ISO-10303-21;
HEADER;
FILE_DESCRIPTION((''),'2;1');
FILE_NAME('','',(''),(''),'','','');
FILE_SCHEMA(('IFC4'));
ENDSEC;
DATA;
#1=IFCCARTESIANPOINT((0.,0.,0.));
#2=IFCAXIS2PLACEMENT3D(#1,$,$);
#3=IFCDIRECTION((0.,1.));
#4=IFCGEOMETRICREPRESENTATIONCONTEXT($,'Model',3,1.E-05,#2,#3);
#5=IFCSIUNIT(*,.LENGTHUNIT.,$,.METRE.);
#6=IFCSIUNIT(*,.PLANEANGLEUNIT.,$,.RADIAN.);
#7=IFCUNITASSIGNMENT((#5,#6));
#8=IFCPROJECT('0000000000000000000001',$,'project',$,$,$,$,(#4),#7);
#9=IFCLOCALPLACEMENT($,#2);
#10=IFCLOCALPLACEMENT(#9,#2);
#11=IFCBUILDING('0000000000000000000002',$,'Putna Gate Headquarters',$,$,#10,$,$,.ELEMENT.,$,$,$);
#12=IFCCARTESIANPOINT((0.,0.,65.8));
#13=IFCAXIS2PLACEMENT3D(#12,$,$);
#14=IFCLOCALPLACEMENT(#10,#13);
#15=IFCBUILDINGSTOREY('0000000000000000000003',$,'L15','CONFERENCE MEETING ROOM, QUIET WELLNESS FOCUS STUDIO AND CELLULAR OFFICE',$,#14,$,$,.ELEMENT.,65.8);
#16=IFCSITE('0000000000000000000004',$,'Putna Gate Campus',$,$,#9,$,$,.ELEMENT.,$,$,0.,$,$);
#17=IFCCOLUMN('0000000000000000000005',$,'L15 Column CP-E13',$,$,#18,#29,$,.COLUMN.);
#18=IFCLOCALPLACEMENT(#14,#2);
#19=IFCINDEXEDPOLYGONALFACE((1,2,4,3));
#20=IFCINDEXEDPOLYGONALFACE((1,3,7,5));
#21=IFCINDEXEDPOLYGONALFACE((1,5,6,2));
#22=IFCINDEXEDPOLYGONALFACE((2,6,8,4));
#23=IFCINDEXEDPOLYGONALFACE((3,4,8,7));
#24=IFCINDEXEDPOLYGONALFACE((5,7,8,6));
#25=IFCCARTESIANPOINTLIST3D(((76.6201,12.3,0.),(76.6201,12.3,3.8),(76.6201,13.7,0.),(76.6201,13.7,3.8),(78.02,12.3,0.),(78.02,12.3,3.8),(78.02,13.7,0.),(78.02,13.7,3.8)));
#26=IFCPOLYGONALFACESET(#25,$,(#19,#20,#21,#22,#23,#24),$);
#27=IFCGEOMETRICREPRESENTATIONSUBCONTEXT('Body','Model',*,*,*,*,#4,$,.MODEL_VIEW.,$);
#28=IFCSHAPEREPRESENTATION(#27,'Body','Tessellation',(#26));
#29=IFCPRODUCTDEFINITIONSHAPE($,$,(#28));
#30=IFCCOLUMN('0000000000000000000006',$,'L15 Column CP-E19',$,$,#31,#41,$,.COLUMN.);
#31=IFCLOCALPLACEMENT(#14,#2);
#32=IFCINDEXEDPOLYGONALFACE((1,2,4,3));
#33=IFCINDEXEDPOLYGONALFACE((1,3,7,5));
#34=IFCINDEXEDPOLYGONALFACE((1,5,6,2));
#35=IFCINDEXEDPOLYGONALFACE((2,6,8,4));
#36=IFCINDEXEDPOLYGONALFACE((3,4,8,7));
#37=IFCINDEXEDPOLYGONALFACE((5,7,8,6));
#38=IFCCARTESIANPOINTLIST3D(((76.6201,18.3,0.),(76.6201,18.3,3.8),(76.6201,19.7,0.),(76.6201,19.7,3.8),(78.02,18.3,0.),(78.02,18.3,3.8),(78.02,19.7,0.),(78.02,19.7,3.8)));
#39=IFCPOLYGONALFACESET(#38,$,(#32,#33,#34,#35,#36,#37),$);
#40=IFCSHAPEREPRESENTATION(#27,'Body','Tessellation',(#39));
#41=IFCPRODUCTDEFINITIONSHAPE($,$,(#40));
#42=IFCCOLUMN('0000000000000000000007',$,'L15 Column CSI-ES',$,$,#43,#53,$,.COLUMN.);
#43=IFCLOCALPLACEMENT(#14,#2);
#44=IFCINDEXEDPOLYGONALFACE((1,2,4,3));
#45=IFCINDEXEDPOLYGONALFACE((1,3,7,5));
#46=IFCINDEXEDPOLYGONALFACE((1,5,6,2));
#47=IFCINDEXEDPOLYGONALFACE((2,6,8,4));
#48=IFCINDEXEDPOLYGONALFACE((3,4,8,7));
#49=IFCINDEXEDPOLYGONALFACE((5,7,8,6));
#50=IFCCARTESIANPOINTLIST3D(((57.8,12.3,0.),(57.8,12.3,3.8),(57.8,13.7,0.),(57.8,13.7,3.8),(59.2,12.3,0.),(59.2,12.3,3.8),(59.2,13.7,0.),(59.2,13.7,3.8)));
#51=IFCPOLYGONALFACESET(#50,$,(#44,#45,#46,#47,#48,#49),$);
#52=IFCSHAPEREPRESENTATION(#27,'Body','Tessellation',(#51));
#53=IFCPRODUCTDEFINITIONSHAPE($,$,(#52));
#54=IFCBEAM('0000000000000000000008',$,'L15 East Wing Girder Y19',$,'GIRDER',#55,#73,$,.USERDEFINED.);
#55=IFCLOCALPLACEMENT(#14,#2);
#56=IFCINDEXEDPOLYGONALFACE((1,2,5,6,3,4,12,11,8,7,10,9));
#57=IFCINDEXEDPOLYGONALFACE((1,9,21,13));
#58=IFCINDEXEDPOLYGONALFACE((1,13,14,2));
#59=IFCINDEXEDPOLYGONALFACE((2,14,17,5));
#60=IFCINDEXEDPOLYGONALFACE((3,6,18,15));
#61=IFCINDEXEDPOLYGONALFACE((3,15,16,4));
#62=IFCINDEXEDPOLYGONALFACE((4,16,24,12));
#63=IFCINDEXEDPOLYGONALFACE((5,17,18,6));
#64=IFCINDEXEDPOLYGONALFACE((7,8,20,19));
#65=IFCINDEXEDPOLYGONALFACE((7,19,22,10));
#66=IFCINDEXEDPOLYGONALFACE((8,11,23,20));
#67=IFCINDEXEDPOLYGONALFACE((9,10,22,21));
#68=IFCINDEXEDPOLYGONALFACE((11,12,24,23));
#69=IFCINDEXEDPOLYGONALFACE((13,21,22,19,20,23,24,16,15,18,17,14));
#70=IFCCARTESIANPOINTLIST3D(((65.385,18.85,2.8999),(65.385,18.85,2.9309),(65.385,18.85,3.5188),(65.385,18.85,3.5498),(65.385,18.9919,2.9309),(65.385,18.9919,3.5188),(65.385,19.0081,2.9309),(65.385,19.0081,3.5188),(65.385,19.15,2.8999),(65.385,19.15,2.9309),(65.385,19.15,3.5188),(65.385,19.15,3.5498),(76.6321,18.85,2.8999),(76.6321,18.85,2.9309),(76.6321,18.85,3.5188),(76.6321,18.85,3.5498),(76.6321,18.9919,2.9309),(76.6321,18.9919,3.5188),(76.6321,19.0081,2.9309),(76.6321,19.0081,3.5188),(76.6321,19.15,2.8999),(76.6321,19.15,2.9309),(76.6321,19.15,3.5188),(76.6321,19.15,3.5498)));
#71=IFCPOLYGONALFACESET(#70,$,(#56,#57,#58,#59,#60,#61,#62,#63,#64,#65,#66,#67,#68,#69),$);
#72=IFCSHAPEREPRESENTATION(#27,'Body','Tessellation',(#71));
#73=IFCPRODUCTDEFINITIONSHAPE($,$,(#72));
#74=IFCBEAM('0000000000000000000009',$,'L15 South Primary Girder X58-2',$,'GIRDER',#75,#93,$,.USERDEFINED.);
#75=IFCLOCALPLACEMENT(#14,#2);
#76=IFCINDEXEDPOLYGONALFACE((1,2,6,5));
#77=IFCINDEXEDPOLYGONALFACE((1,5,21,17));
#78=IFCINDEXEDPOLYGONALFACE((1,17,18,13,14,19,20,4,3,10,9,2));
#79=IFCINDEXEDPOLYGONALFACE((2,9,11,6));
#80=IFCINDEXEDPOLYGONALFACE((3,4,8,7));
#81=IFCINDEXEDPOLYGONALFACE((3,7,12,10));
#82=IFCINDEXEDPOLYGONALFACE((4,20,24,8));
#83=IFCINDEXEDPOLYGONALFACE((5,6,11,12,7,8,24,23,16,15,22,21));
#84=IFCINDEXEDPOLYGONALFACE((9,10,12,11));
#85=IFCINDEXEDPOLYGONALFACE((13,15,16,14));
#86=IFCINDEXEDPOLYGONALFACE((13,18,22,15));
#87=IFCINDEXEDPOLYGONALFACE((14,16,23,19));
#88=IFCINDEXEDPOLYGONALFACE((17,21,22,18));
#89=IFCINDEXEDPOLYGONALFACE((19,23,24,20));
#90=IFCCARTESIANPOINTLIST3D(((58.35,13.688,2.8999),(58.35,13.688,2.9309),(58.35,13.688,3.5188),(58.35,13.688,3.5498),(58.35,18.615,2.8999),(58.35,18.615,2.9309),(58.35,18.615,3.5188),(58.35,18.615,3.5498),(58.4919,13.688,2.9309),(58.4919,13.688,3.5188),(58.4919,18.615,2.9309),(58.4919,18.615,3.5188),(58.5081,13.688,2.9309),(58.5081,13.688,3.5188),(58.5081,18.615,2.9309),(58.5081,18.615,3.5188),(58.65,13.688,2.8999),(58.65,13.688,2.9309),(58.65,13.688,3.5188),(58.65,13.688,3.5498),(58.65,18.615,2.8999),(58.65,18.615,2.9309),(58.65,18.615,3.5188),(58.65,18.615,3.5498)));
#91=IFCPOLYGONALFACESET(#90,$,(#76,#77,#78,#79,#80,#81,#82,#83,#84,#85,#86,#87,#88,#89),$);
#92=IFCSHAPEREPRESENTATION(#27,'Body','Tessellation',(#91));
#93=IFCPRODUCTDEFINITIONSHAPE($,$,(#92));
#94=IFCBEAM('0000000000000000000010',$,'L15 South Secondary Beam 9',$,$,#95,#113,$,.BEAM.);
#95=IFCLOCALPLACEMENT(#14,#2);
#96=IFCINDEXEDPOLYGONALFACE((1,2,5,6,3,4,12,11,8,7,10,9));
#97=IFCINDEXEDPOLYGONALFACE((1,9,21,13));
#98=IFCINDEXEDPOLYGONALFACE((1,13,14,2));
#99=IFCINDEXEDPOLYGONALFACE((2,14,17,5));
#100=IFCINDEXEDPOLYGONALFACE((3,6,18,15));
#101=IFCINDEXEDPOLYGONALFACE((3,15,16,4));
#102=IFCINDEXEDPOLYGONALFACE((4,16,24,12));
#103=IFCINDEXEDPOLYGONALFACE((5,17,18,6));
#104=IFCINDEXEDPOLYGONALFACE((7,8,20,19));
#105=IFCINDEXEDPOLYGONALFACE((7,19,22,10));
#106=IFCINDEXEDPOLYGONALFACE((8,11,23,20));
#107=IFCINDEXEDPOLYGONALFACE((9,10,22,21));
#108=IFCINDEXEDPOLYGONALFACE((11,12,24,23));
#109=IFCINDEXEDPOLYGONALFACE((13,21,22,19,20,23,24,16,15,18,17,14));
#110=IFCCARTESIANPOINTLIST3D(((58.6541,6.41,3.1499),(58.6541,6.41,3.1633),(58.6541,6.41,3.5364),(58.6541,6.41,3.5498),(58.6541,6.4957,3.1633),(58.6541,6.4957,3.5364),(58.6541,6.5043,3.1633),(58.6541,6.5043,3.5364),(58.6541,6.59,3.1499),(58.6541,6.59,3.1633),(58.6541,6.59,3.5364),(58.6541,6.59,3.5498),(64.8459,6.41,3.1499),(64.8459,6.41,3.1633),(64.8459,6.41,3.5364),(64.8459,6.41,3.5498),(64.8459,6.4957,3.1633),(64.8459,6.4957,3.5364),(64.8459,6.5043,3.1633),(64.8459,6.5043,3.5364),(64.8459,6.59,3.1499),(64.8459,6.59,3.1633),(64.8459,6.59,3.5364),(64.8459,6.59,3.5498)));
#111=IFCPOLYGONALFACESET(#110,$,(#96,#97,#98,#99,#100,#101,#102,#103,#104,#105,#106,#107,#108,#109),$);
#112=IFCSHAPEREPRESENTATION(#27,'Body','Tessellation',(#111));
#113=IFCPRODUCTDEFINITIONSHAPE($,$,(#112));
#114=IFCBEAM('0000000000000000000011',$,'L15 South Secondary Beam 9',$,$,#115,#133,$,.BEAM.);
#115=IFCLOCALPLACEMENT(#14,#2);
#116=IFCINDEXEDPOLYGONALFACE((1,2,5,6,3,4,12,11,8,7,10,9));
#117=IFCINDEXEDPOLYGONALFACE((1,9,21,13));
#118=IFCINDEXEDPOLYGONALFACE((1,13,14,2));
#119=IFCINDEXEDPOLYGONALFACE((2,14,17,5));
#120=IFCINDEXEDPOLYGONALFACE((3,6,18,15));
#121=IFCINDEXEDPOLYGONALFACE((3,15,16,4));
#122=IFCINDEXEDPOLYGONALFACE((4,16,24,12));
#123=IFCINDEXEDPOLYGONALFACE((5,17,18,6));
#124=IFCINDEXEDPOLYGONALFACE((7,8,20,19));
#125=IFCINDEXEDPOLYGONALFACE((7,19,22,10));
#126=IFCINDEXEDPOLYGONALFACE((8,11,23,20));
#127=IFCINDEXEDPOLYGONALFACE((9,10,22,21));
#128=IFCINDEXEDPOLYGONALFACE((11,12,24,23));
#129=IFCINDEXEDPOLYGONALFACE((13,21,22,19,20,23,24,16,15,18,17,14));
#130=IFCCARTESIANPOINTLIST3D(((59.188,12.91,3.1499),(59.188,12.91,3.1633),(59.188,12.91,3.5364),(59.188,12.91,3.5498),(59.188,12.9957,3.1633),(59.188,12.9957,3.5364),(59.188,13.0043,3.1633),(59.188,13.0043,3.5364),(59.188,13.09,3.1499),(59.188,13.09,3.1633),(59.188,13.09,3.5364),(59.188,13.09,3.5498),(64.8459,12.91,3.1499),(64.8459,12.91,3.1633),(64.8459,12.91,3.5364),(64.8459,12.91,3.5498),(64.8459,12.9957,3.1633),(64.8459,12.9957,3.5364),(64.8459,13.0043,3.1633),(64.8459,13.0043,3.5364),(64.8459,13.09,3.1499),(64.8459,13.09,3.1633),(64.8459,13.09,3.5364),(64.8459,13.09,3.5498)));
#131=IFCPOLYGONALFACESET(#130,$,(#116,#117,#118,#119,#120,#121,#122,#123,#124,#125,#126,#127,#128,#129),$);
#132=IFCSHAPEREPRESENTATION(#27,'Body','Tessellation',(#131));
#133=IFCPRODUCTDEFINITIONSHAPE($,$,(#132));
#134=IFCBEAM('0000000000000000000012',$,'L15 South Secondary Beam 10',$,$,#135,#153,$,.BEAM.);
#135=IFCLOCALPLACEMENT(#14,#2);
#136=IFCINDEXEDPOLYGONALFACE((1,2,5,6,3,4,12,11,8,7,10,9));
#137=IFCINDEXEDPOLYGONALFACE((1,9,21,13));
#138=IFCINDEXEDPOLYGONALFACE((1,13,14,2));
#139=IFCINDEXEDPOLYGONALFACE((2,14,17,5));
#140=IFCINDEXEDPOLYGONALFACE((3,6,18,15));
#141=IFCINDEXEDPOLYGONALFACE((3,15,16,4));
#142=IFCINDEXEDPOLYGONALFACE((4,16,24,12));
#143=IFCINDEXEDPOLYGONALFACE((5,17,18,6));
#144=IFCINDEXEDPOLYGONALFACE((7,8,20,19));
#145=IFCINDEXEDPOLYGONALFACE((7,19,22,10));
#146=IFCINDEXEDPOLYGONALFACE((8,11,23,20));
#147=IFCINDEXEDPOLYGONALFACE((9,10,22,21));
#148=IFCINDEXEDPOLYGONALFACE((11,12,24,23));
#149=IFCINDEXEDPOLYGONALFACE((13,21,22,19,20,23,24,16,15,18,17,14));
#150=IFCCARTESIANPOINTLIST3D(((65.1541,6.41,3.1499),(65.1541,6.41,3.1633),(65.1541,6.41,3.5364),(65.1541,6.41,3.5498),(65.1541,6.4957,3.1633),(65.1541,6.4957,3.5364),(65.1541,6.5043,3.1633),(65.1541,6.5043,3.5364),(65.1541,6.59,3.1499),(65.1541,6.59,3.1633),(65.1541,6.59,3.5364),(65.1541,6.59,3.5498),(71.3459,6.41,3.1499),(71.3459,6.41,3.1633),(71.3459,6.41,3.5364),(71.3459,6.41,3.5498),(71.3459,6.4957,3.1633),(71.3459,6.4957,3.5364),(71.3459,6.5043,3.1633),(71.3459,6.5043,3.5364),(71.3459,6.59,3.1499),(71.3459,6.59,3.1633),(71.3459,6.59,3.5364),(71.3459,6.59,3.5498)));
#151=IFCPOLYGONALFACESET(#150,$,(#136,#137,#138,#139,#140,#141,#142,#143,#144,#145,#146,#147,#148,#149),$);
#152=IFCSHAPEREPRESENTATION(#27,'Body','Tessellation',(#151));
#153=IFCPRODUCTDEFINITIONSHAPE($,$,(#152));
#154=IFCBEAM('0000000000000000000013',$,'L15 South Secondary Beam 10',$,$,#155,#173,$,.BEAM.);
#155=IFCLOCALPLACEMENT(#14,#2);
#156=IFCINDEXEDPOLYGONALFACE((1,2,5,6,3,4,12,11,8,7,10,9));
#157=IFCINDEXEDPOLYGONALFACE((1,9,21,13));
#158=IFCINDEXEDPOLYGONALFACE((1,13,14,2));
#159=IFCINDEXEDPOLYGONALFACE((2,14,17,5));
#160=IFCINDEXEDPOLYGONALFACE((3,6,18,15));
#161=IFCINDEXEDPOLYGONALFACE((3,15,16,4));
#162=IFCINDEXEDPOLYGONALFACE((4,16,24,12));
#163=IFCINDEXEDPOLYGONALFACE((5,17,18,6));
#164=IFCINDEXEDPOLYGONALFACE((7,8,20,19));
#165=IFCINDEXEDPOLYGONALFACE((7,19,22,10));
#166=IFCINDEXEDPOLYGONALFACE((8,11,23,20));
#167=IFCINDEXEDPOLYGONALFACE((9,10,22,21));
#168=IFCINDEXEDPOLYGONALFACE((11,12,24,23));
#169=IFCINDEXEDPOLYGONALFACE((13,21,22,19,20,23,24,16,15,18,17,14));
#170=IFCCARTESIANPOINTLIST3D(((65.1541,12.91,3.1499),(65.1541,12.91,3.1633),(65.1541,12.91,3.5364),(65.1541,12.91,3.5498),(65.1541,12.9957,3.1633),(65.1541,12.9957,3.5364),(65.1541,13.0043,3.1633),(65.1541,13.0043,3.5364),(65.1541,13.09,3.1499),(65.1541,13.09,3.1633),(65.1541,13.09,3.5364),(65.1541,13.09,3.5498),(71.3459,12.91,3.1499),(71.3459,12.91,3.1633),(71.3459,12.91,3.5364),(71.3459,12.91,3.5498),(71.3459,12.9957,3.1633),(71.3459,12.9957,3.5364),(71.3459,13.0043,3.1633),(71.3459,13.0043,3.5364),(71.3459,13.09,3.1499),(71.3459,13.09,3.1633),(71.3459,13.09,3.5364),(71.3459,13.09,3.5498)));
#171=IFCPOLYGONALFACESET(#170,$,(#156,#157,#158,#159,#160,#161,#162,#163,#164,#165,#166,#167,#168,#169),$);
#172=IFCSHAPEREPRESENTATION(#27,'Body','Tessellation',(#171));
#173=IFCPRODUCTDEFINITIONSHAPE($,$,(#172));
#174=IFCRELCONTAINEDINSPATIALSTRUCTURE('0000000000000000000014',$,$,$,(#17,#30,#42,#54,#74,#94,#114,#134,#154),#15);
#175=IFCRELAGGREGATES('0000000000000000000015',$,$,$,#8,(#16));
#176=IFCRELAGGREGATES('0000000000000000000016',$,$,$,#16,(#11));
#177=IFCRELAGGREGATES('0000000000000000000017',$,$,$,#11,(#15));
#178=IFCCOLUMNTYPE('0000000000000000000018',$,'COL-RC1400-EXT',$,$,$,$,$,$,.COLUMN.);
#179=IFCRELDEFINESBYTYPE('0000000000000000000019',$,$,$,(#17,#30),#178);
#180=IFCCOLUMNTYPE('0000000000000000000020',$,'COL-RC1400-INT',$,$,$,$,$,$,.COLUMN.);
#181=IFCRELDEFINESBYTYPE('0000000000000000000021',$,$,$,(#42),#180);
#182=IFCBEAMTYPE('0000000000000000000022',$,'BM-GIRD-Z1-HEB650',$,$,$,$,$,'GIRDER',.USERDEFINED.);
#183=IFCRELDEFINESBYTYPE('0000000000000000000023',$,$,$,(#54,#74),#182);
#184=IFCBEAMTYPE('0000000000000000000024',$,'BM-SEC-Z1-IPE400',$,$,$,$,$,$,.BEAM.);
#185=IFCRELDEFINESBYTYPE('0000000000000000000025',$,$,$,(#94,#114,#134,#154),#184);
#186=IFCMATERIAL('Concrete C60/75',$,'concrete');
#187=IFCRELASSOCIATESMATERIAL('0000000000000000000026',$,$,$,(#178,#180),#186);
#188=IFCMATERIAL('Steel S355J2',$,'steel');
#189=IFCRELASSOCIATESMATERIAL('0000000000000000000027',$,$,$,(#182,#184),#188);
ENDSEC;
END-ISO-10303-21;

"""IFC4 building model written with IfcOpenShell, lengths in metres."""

from ifc_helpers import new_model, si_unit, direction, frame, origin, origin_2d, place, context, subcontext, project, spatial, rectangle, i_section, extrude, material, material_profile, profile_set, type_object, element, save


model = new_model("IFC4")

# Units and contexts
model_context = context("Model", 3, precision=1e-05, world=origin(), true_north=direction((0.0, 1.0)))
body_context = subcontext(model_context, "Body", "Model", "MODEL_VIEW")
ifc_project = project(units=[si_unit("LENGTHUNIT", "METRE"), si_unit("PLANEANGLEUNIT", "RADIAN")], contexts=[model_context])

# Site, building, storey
site_placement = place(None, origin())
site = spatial("IfcSite", under=ifc_project, at=site_placement, Name="Putna Gate Campus", CompositionType="ELEMENT", RefElevation=0.0)
building_placement = place(site_placement, origin())
building = spatial("IfcBuilding", under=site, at=building_placement, Name="Putna Gate Headquarters", CompositionType="ELEMENT")
storey_placement = place(building_placement, frame((0.0, 0.0, 65.8)))
storey = spatial("IfcBuildingStorey", under=building, at=storey_placement, Name="L15", Description="CONFERENCE MEETING ROOM, QUIET WELLNESS FOCUS STUDIO AND CELLULAR OFFICE", CompositionType="ELEMENT", Elevation=65.8)

# Columns
ifc_material_1 = material(Name="Concrete C60/75", Category="concrete")
ifc_material_profile_1 = material_profile(ifc_material_1, rectangle(XDim=1.3999, YDim=1.3999, at=origin_2d()), Name="Concrete C60/75")
ifc_profile_set_1 = profile_set([ifc_material_profile_1], Name="Concrete C60/75")
column_type_1 = type_object("IfcColumnType", Name="COL-RC1400-EXT", PredefinedType="COLUMN", material=ifc_profile_set_1)
for number, where, z_axis, x_axis, name in (
    (1, (77.3201, 13.0, 0.0), (0.0, 0.0, 1.0), (1.0, 0.0, 0.0), "L15 Column CP-E13"),
    (2, (77.3201, 19.0, 0.0), (0.0, 0.0, 1.0), (1.0, 0.0, 0.0), "L15 Column CP-E19"),
):
    element("IfcColumn", number, at=place(storey_placement, frame(where, z_axis=z_axis, x_axis=x_axis)), inside=storey, type_object=column_type_1, Name=name, PredefinedType="COLUMN", context=body_context, shape_type="SweptSolid", body=[
        extrude(rectangle(XDim=1.3999, YDim=1.3999, at=origin_2d()), origin(), (0.0, 0.0, 1.0), 3.8),
    ])
ifc_material_profile_2 = material_profile(ifc_material_1, rectangle(XDim=1.3999, YDim=1.3999, at=origin_2d()), Name="Concrete C60/75")
ifc_profile_set_2 = profile_set([ifc_material_profile_2], Name="Concrete C60/75")
column_type_2 = type_object("IfcColumnType", Name="COL-RC1400-INT", PredefinedType="COLUMN", material=ifc_profile_set_2)
column_placement = place(storey_placement, frame((58.5, 13.0, 0.0), z_axis=(0.0, 0.0, 1.0), x_axis=(1.0, 0.0, 0.0)))
element("IfcColumn", 3, at=column_placement, inside=storey, type_object=column_type_2, Name="L15 Column CSI-ES", PredefinedType="COLUMN", context=body_context, shape_type="SweptSolid", body=[
    extrude(rectangle(XDim=1.3999, YDim=1.3999, at=origin_2d()), origin(), (0.0, 0.0, 1.0), 3.8),
])

# Beams
ifc_material_2 = material(Name="Steel S355J2", Category="steel")
ifc_material_profile_3 = material_profile(ifc_material_2, i_section(OverallWidth=0.3, OverallDepth=0.6499, WebThickness=0.0161, FlangeThickness=0.031, at=origin_2d()), Name="Steel S355J2")
ifc_profile_set_3 = profile_set([ifc_material_profile_3], Name="Steel S355J2")
beam_type_1 = type_object("IfcBeamType", Name="BM-GIRD-Z1-HEB650", ElementType="GIRDER", PredefinedType="USERDEFINED", material=ifc_profile_set_3)
beam_1_placement = place(storey_placement, frame((65.385, 19.0, 3.2249), z_axis=(1.0, 0.0, 0.0), x_axis=(0.0, 1.0, 0.0)))
element("IfcBeam", 4, at=beam_1_placement, inside=storey, type_object=beam_type_1, Name="L15 East Wing Girder Y19", ObjectType="GIRDER", PredefinedType="USERDEFINED", context=body_context, shape_type="SweptSolid", body=[
    extrude(i_section(OverallWidth=0.3, OverallDepth=0.6499, WebThickness=0.0161, FlangeThickness=0.031, at=origin_2d()), origin(), (0.0, 0.0, 1.0), 11.2471),
])
beam_2_placement = place(storey_placement, frame((58.5, 13.688, 3.2249), z_axis=(0.0, 1.0, 0.0), x_axis=(-1.0, 0.0, 0.0)))
element("IfcBeam", 5, at=beam_2_placement, inside=storey, type_object=beam_type_1, Name="L15 South Primary Girder X58-2", ObjectType="GIRDER", PredefinedType="USERDEFINED", context=body_context, shape_type="SweptSolid", body=[
    extrude(i_section(OverallWidth=0.3, OverallDepth=0.6499, WebThickness=0.0161, FlangeThickness=0.031, at=origin_2d()), origin(), (0.0, 0.0, 1.0), 4.927),
])
ifc_material_profile_4 = material_profile(ifc_material_2, i_section(OverallWidth=0.1799, OverallDepth=0.3999, WebThickness=0.0085, FlangeThickness=0.0134, at=origin_2d()), Name="Steel S355J2")
ifc_profile_set_4 = profile_set([ifc_material_profile_4], Name="Steel S355J2")
beam_type_2 = type_object("IfcBeamType", Name="BM-SEC-Z1-IPE400", PredefinedType="BEAM", material=ifc_profile_set_4)
beam_3_placement = place(storey_placement, frame((58.6541, 6.5, 3.3499), z_axis=(1.0, 0.0, 0.0), x_axis=(0.0, 1.0, 0.0)))
element("IfcBeam", 6, at=beam_3_placement, inside=storey, type_object=beam_type_2, Name="L15 South Secondary Beam 9", PredefinedType="BEAM", context=body_context, shape_type="SweptSolid", body=[
    extrude(i_section(OverallWidth=0.1799, OverallDepth=0.3999, WebThickness=0.0085, FlangeThickness=0.0134, at=origin_2d()), origin(), (0.0, 0.0, 1.0), 6.1919),
])
beam_4_placement = place(storey_placement, frame((59.188, 13.0, 3.3499), z_axis=(1.0, 0.0, 0.0), x_axis=(0.0, 1.0, 0.0)))
element("IfcBeam", 7, at=beam_4_placement, inside=storey, type_object=beam_type_2, Name="L15 South Secondary Beam 9", PredefinedType="BEAM", context=body_context, shape_type="SweptSolid", body=[
    extrude(i_section(OverallWidth=0.1799, OverallDepth=0.3999, WebThickness=0.0085, FlangeThickness=0.0134, at=origin_2d()), origin(), (0.0, 0.0, 1.0), 5.658),
])
for number, where, z_axis, x_axis, name in (
    (8, (65.1541, 6.5, 3.3499), (1.0, 0.0, 0.0), (0.0, 1.0, 0.0), "L15 South Secondary Beam 10"),
    (9, (65.1541, 13.0, 3.3499), (1.0, 0.0, 0.0), (0.0, 1.0, 0.0), "L15 South Secondary Beam 10"),
):
    element("IfcBeam", number, at=place(storey_placement, frame(where, z_axis=z_axis, x_axis=x_axis)), inside=storey, type_object=beam_type_2, Name=name, PredefinedType="BEAM", context=body_context, shape_type="SweptSolid", body=[
        extrude(i_section(OverallWidth=0.1799, OverallDepth=0.3999, WebThickness=0.0085, FlangeThickness=0.0134, at=origin_2d()), origin(), (0.0, 0.0, 1.0), 6.1919),
    ])

save(model, "model.ifc")
